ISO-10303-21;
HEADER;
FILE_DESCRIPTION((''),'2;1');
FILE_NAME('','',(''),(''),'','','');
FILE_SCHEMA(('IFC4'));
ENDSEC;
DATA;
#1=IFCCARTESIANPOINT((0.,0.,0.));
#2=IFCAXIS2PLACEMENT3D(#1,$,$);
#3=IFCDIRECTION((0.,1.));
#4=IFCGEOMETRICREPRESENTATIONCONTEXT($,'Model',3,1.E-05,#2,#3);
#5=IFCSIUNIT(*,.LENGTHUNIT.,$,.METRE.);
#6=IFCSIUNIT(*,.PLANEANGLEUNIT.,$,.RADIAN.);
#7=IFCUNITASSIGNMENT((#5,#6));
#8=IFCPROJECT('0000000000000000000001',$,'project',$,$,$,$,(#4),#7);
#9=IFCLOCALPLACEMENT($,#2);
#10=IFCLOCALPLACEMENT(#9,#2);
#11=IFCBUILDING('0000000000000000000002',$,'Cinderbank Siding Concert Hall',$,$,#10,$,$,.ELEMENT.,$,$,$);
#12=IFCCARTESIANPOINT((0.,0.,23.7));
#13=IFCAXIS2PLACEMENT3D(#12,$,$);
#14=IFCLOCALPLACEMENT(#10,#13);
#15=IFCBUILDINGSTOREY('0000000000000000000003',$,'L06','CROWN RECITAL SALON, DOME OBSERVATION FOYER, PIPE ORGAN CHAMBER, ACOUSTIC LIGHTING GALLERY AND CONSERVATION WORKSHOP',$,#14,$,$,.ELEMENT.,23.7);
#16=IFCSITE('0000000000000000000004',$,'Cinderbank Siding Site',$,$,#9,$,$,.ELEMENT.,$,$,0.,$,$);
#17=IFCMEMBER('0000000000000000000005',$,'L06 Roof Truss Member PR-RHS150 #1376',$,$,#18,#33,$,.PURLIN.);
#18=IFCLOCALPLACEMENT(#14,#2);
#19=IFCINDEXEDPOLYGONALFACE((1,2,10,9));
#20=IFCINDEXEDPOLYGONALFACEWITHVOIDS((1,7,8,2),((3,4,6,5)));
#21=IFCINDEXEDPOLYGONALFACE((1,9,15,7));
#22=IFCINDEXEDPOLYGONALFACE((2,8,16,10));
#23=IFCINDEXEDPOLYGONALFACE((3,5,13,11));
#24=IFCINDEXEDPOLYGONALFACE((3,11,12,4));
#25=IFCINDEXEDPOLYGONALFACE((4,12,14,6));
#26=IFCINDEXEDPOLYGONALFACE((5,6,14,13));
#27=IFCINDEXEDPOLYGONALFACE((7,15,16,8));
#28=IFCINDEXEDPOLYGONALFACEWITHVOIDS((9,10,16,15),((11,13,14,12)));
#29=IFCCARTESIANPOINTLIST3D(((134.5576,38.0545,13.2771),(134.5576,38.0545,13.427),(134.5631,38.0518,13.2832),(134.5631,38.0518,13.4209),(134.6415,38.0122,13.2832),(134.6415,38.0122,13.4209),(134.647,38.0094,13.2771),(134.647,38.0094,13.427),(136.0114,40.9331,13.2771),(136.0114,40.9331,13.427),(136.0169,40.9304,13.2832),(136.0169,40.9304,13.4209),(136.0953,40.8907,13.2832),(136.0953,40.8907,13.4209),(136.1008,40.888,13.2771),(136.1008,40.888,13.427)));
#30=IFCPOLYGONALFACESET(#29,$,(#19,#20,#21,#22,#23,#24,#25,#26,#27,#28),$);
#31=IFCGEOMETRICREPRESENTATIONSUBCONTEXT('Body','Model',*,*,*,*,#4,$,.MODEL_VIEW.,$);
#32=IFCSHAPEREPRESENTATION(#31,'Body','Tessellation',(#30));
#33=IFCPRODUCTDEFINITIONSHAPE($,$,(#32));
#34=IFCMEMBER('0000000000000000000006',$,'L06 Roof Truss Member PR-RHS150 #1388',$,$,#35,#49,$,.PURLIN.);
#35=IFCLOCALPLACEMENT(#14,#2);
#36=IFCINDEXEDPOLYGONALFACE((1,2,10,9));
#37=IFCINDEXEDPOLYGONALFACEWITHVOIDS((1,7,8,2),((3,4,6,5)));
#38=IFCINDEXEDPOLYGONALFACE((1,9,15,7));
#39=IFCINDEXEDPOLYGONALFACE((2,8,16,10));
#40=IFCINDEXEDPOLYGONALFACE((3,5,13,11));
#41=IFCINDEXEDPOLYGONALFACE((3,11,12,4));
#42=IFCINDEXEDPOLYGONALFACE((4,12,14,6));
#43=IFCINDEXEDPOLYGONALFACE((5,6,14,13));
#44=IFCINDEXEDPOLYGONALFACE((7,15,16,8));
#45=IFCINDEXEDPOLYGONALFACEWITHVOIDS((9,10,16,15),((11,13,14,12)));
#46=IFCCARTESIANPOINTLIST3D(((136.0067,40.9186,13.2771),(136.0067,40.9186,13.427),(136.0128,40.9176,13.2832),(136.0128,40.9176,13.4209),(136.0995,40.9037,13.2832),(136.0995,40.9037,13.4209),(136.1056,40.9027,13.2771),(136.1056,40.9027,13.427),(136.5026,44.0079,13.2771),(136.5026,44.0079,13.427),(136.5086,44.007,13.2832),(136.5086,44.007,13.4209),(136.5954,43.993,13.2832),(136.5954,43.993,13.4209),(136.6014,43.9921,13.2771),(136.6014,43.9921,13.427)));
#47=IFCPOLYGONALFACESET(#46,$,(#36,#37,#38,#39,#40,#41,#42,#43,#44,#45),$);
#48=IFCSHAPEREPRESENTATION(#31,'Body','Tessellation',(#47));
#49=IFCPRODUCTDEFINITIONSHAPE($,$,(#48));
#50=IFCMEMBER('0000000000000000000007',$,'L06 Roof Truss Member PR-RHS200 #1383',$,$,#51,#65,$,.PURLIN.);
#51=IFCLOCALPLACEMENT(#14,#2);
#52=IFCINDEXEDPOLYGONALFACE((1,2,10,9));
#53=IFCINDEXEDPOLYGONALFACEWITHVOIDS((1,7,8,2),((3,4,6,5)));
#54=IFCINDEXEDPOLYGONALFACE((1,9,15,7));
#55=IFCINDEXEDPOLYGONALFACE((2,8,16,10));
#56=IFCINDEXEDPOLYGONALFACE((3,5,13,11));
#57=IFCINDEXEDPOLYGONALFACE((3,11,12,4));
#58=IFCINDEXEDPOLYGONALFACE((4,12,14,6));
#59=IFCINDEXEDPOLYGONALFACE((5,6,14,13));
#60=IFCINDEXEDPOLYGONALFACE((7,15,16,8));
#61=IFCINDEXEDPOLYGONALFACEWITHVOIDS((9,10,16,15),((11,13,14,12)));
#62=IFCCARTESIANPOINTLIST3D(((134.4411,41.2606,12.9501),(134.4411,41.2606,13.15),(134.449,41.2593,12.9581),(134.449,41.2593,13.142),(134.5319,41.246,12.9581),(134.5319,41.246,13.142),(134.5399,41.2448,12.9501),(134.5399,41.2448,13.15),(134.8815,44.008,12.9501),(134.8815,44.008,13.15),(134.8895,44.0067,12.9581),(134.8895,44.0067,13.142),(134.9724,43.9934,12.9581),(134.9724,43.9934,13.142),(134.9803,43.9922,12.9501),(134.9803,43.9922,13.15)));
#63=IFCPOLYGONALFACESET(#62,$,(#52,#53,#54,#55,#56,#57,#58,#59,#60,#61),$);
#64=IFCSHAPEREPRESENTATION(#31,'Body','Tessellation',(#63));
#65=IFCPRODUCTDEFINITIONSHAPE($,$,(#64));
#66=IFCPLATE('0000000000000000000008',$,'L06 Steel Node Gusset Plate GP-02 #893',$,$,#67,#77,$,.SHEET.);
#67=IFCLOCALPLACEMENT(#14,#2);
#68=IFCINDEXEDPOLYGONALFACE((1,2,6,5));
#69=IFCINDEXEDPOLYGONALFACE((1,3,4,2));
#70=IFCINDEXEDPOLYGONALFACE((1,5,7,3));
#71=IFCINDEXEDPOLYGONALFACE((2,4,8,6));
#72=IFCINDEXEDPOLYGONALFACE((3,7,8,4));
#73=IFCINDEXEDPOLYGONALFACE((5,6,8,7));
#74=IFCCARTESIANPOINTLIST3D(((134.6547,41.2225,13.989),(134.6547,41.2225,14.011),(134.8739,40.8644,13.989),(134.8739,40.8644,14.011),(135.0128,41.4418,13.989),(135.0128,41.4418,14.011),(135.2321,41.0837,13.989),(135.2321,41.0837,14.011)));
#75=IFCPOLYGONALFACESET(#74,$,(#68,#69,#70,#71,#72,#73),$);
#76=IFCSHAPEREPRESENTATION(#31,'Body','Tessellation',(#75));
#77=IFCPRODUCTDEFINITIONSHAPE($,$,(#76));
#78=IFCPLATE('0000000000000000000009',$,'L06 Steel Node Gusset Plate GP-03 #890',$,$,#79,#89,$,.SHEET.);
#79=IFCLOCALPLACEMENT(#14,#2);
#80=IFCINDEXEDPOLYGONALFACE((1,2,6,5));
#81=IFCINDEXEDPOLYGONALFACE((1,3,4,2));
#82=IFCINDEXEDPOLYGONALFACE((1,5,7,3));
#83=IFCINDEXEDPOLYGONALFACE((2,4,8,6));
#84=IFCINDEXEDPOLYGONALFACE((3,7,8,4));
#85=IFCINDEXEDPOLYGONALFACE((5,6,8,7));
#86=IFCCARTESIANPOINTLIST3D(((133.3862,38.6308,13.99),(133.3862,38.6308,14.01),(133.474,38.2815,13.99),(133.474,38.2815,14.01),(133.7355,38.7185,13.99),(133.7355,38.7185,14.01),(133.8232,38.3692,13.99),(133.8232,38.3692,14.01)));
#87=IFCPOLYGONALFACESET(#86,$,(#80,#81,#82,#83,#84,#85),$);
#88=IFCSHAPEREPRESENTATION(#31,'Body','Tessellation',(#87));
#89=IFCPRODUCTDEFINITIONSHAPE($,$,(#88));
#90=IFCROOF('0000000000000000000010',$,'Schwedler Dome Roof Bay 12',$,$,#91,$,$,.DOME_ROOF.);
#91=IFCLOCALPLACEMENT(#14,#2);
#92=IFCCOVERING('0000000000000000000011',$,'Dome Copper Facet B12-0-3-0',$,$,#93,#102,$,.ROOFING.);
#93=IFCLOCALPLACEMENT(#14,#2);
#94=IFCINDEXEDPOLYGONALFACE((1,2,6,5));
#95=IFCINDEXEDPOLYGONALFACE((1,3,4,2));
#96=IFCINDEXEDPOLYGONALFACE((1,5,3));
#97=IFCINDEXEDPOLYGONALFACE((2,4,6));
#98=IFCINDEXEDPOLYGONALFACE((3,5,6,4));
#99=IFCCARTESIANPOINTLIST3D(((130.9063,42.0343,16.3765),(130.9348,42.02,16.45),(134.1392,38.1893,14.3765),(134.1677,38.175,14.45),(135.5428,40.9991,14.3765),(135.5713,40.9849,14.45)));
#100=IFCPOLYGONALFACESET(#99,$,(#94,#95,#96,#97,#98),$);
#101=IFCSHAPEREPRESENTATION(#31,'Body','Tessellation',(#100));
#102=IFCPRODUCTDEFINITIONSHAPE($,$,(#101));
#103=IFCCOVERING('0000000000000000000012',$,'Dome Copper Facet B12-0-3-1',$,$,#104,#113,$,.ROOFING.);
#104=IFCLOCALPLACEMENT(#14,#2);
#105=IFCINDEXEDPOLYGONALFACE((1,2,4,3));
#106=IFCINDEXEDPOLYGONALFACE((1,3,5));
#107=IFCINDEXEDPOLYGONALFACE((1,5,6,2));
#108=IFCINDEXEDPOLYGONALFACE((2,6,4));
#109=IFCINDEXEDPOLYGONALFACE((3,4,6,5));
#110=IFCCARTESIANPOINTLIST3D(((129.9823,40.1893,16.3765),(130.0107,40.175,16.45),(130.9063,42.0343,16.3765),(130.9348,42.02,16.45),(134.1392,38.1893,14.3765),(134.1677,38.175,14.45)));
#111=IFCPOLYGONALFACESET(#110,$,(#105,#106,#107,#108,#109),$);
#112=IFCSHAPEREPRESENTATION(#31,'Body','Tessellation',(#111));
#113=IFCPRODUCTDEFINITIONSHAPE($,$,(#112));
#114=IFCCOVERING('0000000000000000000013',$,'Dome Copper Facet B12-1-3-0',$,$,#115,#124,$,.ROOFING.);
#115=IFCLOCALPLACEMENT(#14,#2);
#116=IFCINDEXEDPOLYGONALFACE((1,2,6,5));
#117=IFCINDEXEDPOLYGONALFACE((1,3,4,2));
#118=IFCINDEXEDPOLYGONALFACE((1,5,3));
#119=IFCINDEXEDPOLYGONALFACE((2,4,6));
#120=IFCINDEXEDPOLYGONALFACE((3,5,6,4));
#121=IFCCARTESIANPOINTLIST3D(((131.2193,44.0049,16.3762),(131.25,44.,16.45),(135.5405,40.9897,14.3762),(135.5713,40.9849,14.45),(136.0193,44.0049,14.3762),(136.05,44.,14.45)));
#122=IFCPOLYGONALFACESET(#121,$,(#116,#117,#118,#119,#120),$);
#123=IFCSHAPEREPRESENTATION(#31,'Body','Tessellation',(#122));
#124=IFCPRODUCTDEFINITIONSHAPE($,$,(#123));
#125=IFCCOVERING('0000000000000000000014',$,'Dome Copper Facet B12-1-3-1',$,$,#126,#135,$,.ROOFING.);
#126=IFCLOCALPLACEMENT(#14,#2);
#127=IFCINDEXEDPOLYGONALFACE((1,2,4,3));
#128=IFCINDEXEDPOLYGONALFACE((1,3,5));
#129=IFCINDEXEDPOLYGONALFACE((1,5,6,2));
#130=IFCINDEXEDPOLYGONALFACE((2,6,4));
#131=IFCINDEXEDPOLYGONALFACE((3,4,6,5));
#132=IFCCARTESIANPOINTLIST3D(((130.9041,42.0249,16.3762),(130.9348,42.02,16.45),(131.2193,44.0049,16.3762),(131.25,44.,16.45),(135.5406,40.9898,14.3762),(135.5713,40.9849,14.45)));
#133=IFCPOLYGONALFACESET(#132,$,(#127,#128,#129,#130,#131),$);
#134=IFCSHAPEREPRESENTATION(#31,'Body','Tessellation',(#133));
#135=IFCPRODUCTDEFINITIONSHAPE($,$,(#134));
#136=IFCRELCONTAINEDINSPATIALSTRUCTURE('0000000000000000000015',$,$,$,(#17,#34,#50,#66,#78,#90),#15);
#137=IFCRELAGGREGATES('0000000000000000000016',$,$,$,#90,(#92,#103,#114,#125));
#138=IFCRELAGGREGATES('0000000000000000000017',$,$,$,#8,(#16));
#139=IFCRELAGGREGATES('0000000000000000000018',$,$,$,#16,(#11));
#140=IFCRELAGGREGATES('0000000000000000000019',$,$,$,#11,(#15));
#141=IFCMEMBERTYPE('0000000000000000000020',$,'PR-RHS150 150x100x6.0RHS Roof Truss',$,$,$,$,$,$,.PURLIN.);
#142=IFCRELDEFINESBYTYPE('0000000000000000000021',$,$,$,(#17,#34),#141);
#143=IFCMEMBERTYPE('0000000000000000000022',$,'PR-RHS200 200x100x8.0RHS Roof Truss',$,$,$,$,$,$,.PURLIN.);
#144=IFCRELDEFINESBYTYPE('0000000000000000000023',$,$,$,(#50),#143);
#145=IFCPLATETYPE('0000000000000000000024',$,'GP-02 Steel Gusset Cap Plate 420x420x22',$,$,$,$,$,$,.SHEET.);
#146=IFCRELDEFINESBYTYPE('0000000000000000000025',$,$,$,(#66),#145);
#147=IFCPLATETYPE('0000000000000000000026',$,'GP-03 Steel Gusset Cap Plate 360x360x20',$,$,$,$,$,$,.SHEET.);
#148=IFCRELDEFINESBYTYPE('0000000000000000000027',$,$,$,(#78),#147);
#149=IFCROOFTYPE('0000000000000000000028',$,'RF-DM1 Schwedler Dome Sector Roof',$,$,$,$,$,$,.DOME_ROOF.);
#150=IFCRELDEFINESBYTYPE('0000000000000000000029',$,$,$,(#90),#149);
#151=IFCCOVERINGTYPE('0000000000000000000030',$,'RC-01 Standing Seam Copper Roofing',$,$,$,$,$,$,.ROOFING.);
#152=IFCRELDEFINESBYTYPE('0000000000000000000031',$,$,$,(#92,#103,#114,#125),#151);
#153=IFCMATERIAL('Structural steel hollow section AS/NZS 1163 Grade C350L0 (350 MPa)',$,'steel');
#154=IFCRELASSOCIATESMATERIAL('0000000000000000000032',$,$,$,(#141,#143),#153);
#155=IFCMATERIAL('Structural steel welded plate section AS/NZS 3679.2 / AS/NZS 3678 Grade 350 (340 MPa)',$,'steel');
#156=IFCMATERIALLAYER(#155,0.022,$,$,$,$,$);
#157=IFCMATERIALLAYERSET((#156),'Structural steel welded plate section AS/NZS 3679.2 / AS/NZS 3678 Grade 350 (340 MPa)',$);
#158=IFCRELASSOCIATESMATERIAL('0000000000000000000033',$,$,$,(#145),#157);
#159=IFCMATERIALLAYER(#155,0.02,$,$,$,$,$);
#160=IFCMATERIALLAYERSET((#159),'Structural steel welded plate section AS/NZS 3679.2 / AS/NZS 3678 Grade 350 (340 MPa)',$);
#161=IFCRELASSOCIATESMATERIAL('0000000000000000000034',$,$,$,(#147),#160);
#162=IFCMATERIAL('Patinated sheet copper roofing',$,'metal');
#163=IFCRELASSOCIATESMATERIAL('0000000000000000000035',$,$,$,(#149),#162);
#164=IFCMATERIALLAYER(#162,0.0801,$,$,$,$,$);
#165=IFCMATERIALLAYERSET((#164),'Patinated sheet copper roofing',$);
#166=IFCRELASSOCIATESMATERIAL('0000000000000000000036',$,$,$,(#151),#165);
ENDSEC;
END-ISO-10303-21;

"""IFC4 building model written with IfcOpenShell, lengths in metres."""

from ifc_helpers import new_model, si_unit, direction, frame, origin, origin_2d, place, context, subcontext, project, spatial, polyline, rectangle, hollow_rectangle, outline, extrude, material, layer, layer_set, material_profile, profile_set, type_object, element, aggregate, save


model = new_model("IFC4")

# Units and contexts
model_context = context("Model", 3, precision=1e-05, world=origin(), true_north=direction((0.0, 1.0)))
body_context = subcontext(model_context, "Body", "Model", "MODEL_VIEW")
ifc_project = project(units=[si_unit("LENGTHUNIT", "METRE"), si_unit("PLANEANGLEUNIT", "RADIAN")], contexts=[model_context])

# Site, building, storey
site_placement = place(None, origin())
site = spatial("IfcSite", under=ifc_project, at=site_placement, Name="Cinderbank Siding Site", CompositionType="ELEMENT", RefElevation=0.0)
building_placement = place(site_placement, origin())
building = spatial("IfcBuilding", under=site, at=building_placement, Name="Cinderbank Siding Concert Hall", CompositionType="ELEMENT")
storey_placement = place(building_placement, frame((0.0, 0.0, 23.7)))
storey = spatial("IfcBuildingStorey", under=building, at=storey_placement, Name="L06", Description="CROWN RECITAL SALON, DOME OBSERVATION FOYER, PIPE ORGAN CHAMBER, ACOUSTIC LIGHTING GALLERY AND CONSERVATION WORKSHOP", CompositionType="ELEMENT", Elevation=23.7)

# Members
ifc_material_1 = material(Name="Structural steel hollow section AS/NZS 1163 Grade C350L0 (350 MPa)", Category="steel")
ifc_material_profile_1 = material_profile(ifc_material_1, hollow_rectangle(XDim=0.1001, YDim=0.1499, WallThickness=0.0061, at=origin_2d()), Name="150x100x6.0RHS", Category="LoadBearing")
ifc_profile_set_1 = profile_set([ifc_material_profile_1], Name="Structural steel hollow section AS/NZS 1163 Grade C350L0 (350 MPa)")
member_type_1 = type_object("IfcMemberType", Name="PR-RHS150 150x100x6.0RHS Roof Truss", PredefinedType="PURLIN", material=ifc_profile_set_1)
member_1_placement = place(storey_placement, frame((134.6023, 38.032, 13.3521), z_axis=(0.450813, 0.892618, 0.0), x_axis=(-0.892618, 0.450813, 0.0)))
element("IfcMember", 1, at=member_1_placement, inside=storey, type_object=member_type_1, Name="L06 Roof Truss Member PR-RHS150 #1376", PredefinedType="PURLIN", context=body_context, shape_type="SweptSolid", body=[
    extrude(hollow_rectangle(XDim=0.1001, YDim=0.1499, WallThickness=0.0061, at=origin_2d()), origin(), (0.0, 0.0, 1.0), 3.2249),
])
member_2_placement = place(storey_placement, frame((136.0562, 40.9106, 13.3521), z_axis=(0.158474, 0.987363, 0.0), x_axis=(-0.987363, 0.158474, 0.0)))
element("IfcMember", 2, at=member_2_placement, inside=storey, type_object=member_type_1, Name="L06 Roof Truss Member PR-RHS150 #1388", PredefinedType="PURLIN", context=body_context, shape_type="SweptSolid", body=[
    extrude(hollow_rectangle(XDim=0.1001, YDim=0.1499, WallThickness=0.0061, at=origin_2d()), origin(), (0.0, 0.0, 1.0), 3.1289),
])
ifc_material_profile_2 = material_profile(ifc_material_1, hollow_rectangle(XDim=0.1001, YDim=0.2, WallThickness=0.0081, at=origin_2d()), Name="200x100x8.0RHS", Category="LoadBearing")
ifc_profile_set_2 = profile_set([ifc_material_profile_2], Name="Structural steel hollow section AS/NZS 1163 Grade C350L0 (350 MPa)")
member_type_2 = type_object("IfcMemberType", Name="PR-RHS200 200x100x8.0RHS Roof Truss", PredefinedType="PURLIN", material=ifc_profile_set_2)
member_3_placement = place(storey_placement, frame((134.4905, 41.2527, 13.05), z_axis=(0.158292, 0.987392, 0.0), x_axis=(-0.987392, 0.158292, 0.0)))
element("IfcMember", 3, at=member_3_placement, inside=storey, type_object=member_type_2, Name="L06 Roof Truss Member PR-RHS200 #1383", PredefinedType="PURLIN", context=body_context, shape_type="SweptSolid", body=[
    extrude(hollow_rectangle(XDim=0.1001, YDim=0.2, WallThickness=0.0081, at=origin_2d()), origin(), (0.0, 0.0, 1.0), 2.7825),
])

# Plates
ifc_material_2 = material(Name="Structural steel welded plate section AS/NZS 3679.2 / AS/NZS 3678 Grade 350 (340 MPa)", Category="steel")
ifc_layer_1 = layer(ifc_material_2, 0.022)
ifc_layer_set_1 = layer_set([ifc_layer_1], Name="Structural steel welded plate section AS/NZS 3679.2 / AS/NZS 3678 Grade 350 (340 MPa)")
plate_type_1 = type_object("IfcPlateType", Name="GP-02 Steel Gusset Cap Plate 420x420x22", PredefinedType="SHEET", material=ifc_layer_set_1)
plate_1_placement = place(storey_placement, frame((134.9434, 41.1531, 13.989), z_axis=(0.0, 0.0, 1.0), x_axis=(-0.522201, 0.852822, 0.0)))
element("IfcPlate", 4, at=plate_1_placement, inside=storey, type_object=plate_type_1, Name="L06 Steel Node Gusset Plate GP-02 #893", PredefinedType="SHEET", context=body_context, shape_type="SweptSolid", body=[
    extrude(rectangle(XDim=0.4199, YDim=0.4199, at=origin_2d()), origin(), (0.0, 0.0, 1.0), 0.022),
])
ifc_layer_2 = layer(ifc_material_2, 0.02)
ifc_layer_set_2 = layer_set([ifc_layer_2], Name="Structural steel welded plate section AS/NZS 3679.2 / AS/NZS 3678 Grade 350 (340 MPa)")
plate_type_2 = type_object("IfcPlateType", Name="GP-03 Steel Gusset Cap Plate 360x360x20", PredefinedType="SHEET", material=ifc_layer_set_2)
plate_2_placement = place(storey_placement, frame((133.6047, 38.5, 13.99), z_axis=(0.0, 0.0, 1.0), x_axis=(-0.243615, 0.969872, 0.0)))
element("IfcPlate", 5, at=plate_2_placement, inside=storey, type_object=plate_type_2, Name="L06 Steel Node Gusset Plate GP-03 #890", PredefinedType="SHEET", context=body_context, shape_type="SweptSolid", body=[
    extrude(rectangle(XDim=0.3601, YDim=0.3601, at=origin_2d()), origin(), (0.0, 0.0, 1.0), 0.02),
])

# Roof, coverings
ifc_material_3 = material(Name="Patinated sheet copper roofing", Category="metal")
roof_type = type_object("IfcRoofType", Name="RF-DM1 Schwedler Dome Sector Roof", PredefinedType="DOME_ROOF", material=ifc_material_3)
roof_placement = place(storey_placement, origin())
roof = element("IfcRoof", 6, at=roof_placement, inside=storey, type_object=roof_type, Name="Schwedler Dome Roof Bay 12", PredefinedType="DOME_ROOF")
ifc_layer_3 = layer(ifc_material_3, 0.0801)
ifc_layer_set_3 = layer_set([ifc_layer_3], Name="Patinated sheet copper roofing")
covering_type = type_object("IfcCoveringType", Name="RC-01 Standing Seam Copper Roofing", PredefinedType="ROOFING", material=ifc_layer_set_3)
covering_1_placement = place(storey_placement, frame((134.1677, 38.175, 14.45), z_axis=(0.356025, -0.177842, 0.917398), x_axis=(0.446872, 0.894598, 0.0)))
covering_1 = element("IfcCovering", 7, at=covering_1_placement, type_object=covering_type, Name="Dome Copper Facet B12-0-3-0", PredefinedType="ROOFING", context=body_context, shape_type="SweptSolid", body=[
    extrude(outline(polyline([(0.0, 0.0), (3.1409, 0.0), (1.995, 5.0255), (0.0, 0.0)])), origin(), (0.0, 0.0, -1.0), 0.0801),
])
covering_2_placement = place(storey_placement, frame((134.1677, 38.175, 14.45), z_axis=(0.355696, -0.178154, 0.917465), x_axis=(-0.597913, 0.711112, 0.369892)))
covering_2 = element("IfcCovering", 8, at=covering_2_placement, type_object=covering_type, Name="Dome Copper Facet B12-0-3-1", PredefinedType="ROOFING", context=body_context, shape_type="SweptSolid", body=[
    extrude(outline(polyline([(0.0, 0.0), (5.407, 0.0), (4.6475, 1.9186), (0.0, 0.0)])), origin(), (0.0, 0.0, -1.0), 0.0801),
])
covering_3_placement = place(storey_placement, frame((135.5713, 40.9849, 14.45), z_axis=(0.383897, -0.060957, 0.921362), x_axis=(0.156821, 0.987627, 0.0)))
covering_3 = element("IfcCovering", 9, at=covering_3_placement, type_object=covering_type, Name="Dome Copper Facet B12-1-3-0", PredefinedType="ROOFING", context=body_context, shape_type="SweptSolid", body=[
    extrude(outline(polyline([(0.0, 0.0), (3.0529, 0.0), (2.3002, 5.1453), (0.0, 0.0)])), origin(), (0.0, 0.0, -1.0), 0.0801),
])
covering_4_placement = place(storey_placement, frame((135.5713, 40.9849, 14.45), z_axis=(0.383811, -0.061097, 0.921388), x_axis=(-0.766729, 0.534977, 0.354861)))
covering_4 = element("IfcCovering", 10, at=covering_4_placement, type_object=covering_type, Name="Dome Copper Facet B12-1-3-1", PredefinedType="ROOFING", context=body_context, shape_type="SweptSolid", body=[
    extrude(outline(polyline([(0.0, 0.0), (5.636, 0.0), (4.8184, 1.8306), (0.0, 0.0)])), origin(), (0.0, 0.0, -1.0), 0.0801),
])
aggregate(roof, [covering_1, covering_2, covering_3, covering_4])

save(model, "model.ifc")
